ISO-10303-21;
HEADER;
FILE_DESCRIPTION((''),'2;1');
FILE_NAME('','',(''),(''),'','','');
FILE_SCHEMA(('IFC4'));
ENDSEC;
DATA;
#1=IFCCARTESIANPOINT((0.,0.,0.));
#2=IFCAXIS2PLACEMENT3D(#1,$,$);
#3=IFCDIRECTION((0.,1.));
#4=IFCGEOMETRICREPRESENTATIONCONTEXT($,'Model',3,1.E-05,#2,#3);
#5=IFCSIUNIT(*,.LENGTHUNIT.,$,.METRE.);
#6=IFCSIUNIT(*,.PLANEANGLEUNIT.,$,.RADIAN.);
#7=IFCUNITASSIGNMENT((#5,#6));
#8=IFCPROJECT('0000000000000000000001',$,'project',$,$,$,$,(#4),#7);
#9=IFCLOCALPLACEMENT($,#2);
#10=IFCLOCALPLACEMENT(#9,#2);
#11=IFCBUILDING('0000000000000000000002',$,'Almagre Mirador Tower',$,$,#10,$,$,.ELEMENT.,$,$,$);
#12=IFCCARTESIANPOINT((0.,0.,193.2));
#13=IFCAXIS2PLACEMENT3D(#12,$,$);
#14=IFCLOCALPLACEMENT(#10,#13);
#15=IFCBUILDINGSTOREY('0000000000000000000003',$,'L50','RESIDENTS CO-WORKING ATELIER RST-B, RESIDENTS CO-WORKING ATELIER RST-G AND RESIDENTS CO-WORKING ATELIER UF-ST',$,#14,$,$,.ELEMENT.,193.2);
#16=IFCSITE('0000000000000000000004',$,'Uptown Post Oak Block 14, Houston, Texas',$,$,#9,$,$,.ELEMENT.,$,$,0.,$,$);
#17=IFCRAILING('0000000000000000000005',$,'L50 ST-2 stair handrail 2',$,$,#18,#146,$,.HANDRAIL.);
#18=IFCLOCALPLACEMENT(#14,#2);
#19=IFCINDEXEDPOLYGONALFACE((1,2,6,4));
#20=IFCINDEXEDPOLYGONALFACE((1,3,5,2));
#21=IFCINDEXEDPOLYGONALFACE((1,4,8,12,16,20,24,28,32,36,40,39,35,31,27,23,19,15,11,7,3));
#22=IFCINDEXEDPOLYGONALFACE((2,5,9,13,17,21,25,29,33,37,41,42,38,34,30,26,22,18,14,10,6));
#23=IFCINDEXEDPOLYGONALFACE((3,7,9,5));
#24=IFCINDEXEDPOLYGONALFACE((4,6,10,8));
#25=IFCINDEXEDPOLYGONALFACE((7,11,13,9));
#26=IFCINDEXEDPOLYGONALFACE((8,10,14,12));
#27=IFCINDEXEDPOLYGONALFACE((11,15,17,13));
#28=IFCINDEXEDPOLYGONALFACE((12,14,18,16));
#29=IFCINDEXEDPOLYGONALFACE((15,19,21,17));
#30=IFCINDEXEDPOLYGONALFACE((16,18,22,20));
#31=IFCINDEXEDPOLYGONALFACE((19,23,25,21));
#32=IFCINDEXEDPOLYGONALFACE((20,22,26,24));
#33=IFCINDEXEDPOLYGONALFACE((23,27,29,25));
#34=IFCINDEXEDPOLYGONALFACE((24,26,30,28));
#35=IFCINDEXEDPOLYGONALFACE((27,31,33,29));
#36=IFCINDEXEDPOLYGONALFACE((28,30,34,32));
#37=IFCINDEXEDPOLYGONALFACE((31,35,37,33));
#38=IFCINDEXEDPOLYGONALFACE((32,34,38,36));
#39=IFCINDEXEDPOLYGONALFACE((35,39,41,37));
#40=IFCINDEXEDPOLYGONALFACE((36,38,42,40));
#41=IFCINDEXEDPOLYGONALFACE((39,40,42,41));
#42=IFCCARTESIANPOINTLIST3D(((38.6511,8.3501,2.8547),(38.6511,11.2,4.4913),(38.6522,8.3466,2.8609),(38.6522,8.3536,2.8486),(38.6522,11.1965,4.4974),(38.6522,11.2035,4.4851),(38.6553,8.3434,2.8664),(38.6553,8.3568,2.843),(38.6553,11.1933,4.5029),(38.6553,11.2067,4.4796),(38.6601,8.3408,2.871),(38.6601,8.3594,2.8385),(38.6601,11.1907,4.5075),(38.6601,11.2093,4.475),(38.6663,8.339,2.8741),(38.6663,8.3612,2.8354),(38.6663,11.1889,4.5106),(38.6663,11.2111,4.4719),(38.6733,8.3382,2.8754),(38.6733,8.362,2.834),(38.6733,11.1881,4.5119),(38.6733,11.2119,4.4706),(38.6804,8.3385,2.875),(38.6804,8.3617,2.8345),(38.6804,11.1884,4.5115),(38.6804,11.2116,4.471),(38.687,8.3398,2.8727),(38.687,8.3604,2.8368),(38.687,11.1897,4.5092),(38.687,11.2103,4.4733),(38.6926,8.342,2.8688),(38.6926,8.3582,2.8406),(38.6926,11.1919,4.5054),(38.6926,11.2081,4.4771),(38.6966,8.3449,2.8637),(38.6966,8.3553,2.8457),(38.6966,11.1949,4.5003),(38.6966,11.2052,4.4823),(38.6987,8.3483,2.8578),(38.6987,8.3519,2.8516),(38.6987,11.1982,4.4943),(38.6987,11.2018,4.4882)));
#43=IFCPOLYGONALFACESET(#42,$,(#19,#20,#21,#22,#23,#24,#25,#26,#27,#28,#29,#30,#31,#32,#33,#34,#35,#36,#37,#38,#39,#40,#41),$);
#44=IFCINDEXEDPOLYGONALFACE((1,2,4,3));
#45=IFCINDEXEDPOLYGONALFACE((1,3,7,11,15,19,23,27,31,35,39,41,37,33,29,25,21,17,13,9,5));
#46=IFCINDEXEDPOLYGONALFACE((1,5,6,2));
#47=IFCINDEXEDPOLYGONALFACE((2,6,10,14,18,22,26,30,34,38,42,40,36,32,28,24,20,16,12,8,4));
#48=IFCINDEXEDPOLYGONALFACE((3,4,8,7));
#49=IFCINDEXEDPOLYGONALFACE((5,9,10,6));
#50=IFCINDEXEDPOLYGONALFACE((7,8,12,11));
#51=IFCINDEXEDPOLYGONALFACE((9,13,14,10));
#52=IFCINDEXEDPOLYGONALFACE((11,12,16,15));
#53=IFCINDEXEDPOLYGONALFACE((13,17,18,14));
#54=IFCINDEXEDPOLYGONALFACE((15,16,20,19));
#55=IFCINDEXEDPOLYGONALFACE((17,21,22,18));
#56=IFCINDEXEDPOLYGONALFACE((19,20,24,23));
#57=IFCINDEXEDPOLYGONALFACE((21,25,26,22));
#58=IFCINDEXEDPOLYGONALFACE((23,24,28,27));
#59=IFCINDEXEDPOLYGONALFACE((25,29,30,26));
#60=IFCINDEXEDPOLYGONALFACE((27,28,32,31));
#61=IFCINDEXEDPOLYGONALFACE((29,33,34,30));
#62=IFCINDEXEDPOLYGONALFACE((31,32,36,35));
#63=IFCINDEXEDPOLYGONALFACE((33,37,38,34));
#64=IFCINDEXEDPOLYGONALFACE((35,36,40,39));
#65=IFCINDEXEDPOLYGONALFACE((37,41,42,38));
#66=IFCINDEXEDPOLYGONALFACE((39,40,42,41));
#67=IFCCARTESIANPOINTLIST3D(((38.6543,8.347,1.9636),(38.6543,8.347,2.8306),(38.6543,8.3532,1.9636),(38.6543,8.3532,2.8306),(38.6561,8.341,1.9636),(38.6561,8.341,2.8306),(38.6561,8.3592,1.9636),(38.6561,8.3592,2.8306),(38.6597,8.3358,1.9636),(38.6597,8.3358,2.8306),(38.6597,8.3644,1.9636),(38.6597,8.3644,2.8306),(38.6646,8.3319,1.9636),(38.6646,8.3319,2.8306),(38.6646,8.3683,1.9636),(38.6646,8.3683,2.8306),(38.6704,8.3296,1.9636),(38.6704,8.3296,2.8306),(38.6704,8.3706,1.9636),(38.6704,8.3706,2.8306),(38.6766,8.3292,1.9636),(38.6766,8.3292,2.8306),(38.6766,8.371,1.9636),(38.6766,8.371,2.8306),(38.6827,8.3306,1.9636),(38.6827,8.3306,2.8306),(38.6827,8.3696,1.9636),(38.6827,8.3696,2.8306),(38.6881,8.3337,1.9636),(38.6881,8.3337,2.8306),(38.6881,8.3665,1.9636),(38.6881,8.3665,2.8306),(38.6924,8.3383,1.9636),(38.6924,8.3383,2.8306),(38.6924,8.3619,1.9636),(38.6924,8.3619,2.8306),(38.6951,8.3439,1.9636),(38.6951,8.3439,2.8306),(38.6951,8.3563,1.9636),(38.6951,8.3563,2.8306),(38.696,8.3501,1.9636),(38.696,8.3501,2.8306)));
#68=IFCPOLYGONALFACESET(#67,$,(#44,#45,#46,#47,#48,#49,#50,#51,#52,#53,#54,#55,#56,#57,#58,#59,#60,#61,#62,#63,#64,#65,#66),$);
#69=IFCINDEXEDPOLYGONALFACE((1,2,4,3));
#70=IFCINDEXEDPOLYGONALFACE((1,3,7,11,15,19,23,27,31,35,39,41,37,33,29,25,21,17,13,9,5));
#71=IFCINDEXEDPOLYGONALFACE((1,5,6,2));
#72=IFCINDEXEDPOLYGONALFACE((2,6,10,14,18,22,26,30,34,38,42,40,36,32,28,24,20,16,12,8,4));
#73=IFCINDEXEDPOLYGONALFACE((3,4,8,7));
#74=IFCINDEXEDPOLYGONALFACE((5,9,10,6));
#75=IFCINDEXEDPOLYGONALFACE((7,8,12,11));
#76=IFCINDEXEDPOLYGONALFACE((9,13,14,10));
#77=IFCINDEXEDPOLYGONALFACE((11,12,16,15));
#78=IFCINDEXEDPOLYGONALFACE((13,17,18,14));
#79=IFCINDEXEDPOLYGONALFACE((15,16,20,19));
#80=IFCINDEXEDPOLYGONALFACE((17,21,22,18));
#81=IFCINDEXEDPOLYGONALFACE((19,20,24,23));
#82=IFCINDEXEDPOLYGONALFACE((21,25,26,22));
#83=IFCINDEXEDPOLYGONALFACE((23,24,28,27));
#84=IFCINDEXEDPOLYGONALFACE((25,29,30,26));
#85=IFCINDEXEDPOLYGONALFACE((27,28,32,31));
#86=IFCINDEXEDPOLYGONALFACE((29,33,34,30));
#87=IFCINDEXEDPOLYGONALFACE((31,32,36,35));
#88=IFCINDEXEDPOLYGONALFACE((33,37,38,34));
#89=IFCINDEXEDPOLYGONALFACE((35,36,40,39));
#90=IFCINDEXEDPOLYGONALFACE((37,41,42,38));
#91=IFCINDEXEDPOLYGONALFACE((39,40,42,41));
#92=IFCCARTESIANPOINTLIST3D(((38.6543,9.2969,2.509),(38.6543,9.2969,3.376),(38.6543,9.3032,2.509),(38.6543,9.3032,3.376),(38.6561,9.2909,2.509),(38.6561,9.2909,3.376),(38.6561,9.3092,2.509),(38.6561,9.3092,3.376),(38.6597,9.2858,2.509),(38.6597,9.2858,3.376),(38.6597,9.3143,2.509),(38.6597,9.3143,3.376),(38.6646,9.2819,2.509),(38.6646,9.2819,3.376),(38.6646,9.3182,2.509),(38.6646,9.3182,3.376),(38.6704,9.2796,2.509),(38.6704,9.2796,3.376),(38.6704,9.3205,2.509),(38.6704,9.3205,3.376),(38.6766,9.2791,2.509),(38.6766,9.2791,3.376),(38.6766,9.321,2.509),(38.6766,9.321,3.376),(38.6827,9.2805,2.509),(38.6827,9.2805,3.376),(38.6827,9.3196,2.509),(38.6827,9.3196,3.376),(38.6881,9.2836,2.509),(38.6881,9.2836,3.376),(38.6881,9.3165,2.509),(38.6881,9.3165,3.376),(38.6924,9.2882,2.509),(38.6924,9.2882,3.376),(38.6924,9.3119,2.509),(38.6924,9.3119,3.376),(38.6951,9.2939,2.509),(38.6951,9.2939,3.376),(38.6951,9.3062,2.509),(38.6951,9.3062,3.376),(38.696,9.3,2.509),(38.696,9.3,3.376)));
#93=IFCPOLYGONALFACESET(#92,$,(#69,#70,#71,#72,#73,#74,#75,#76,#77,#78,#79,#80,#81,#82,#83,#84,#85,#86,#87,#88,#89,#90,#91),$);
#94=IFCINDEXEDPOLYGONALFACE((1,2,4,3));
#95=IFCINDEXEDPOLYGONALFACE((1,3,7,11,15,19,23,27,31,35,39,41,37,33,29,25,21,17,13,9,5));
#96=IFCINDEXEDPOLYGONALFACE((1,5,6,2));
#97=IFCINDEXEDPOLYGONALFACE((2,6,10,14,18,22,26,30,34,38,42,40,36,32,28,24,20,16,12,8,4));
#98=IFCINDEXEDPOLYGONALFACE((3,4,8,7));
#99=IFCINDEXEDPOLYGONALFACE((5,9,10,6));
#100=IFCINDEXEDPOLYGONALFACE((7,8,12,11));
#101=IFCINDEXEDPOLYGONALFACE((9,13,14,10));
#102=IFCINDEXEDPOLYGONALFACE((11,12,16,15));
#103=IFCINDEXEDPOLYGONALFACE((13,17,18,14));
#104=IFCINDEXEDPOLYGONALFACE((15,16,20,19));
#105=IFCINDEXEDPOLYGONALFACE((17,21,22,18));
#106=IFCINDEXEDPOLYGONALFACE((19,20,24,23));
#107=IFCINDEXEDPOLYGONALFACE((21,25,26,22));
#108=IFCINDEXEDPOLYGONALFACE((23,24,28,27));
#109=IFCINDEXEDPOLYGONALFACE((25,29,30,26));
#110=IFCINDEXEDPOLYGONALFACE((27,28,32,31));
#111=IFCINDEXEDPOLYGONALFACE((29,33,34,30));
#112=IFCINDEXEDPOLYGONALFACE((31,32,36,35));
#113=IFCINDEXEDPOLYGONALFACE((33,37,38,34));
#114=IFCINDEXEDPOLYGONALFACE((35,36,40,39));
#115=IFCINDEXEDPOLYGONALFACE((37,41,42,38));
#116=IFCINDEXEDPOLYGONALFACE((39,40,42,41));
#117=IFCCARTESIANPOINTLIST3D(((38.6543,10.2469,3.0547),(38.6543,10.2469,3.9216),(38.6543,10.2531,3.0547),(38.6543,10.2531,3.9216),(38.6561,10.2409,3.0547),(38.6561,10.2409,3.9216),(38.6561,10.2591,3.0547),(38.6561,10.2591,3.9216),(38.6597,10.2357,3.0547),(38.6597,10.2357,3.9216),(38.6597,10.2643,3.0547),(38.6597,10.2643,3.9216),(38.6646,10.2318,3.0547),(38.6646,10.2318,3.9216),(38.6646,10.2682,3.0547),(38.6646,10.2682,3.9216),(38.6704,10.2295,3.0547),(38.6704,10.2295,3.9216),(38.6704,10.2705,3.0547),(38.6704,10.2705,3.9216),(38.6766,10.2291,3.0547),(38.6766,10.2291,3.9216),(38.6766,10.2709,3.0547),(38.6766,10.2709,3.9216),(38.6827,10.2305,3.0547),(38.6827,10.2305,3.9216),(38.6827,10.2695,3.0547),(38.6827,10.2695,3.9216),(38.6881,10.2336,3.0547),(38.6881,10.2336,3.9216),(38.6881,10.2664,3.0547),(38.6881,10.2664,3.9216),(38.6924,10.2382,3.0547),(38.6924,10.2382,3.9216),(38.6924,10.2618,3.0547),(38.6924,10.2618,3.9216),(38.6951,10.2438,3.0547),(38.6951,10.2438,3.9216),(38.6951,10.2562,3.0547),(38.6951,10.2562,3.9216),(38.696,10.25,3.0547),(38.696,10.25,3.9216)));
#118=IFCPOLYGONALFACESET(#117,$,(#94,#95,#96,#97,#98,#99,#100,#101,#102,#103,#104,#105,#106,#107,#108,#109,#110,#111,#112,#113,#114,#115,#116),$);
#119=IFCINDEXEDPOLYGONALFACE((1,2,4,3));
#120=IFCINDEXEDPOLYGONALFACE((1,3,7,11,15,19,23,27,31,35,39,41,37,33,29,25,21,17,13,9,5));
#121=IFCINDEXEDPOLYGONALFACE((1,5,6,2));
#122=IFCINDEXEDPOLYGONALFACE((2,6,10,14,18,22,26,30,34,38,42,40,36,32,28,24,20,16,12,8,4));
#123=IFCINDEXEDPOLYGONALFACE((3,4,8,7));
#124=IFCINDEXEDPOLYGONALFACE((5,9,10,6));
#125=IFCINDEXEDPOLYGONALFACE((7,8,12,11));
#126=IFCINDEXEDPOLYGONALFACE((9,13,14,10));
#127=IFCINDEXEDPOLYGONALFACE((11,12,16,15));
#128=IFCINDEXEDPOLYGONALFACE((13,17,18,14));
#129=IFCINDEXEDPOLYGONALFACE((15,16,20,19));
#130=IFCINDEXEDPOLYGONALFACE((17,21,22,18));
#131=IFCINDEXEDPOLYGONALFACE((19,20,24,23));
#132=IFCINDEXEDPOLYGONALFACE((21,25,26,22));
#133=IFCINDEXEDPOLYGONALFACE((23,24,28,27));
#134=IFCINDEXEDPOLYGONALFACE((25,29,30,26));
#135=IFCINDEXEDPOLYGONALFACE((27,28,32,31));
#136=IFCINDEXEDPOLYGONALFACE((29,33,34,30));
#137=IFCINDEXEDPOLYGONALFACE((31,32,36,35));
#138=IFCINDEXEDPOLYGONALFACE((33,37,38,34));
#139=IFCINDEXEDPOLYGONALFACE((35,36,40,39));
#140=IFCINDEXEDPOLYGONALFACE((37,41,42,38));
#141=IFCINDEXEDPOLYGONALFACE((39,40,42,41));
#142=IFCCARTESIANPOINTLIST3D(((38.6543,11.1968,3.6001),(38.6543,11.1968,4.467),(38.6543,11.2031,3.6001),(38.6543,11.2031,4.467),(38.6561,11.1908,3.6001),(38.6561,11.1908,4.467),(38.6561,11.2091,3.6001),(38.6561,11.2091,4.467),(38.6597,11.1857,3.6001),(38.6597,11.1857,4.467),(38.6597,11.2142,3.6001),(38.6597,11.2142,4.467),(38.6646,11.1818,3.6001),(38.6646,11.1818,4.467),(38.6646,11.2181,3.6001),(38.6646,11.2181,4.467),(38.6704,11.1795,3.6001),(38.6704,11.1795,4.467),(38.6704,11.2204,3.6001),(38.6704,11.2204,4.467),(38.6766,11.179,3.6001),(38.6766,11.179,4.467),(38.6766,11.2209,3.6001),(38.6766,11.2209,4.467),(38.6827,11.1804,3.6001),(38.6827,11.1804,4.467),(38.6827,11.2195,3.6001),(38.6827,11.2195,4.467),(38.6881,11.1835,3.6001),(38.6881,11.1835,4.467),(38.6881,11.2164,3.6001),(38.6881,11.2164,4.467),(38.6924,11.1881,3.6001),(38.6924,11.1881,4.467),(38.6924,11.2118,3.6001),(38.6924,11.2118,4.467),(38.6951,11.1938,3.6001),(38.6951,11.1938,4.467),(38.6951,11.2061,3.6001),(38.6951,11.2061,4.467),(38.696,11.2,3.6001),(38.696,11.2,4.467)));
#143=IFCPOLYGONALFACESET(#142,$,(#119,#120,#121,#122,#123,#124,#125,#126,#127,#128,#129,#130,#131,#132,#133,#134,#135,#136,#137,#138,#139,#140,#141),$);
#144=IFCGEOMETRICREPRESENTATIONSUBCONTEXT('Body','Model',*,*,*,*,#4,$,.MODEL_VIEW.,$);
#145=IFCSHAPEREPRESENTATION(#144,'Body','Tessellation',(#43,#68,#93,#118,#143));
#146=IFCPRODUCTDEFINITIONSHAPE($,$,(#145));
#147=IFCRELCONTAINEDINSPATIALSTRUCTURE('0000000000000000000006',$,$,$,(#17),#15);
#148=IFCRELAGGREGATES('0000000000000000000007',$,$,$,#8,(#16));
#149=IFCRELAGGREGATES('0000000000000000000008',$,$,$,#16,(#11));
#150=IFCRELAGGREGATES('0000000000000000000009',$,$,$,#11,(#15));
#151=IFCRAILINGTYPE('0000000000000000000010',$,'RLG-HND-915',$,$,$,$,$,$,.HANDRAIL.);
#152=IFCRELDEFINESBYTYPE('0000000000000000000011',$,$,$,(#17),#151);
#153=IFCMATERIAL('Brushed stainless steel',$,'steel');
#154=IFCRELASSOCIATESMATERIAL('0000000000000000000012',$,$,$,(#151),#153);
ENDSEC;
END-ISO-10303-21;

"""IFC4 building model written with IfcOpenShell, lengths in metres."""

from ifc_helpers import new_model, si_unit, direction, frame, origin, origin_2d, place, context, subcontext, project, spatial, circle, extrude, material, type_object, element, save


model = new_model("IFC4")

# Units and contexts
model_context = context("Model", 3, precision=1e-05, world=origin(), true_north=direction((0.0, 1.0)))
body_context = subcontext(model_context, "Body", "Model", "MODEL_VIEW")
ifc_project = project(units=[si_unit("LENGTHUNIT", "METRE"), si_unit("PLANEANGLEUNIT", "RADIAN")], contexts=[model_context])

# Site, building, storey
site_placement = place(None, origin())
site = spatial("IfcSite", under=ifc_project, at=site_placement, Name="Uptown Post Oak Block 14, Houston, Texas", CompositionType="ELEMENT", RefElevation=0.0)
building_placement = place(site_placement, origin())
building = spatial("IfcBuilding", under=site, at=building_placement, Name="Almagre Mirador Tower", CompositionType="ELEMENT")
storey_placement = place(building_placement, frame((0.0, 0.0, 193.2)))
storey = spatial("IfcBuildingStorey", under=building, at=storey_placement, Name="L50", Description="RESIDENTS CO-WORKING ATELIER RST-B, RESIDENTS CO-WORKING ATELIER RST-G AND RESIDENTS CO-WORKING ATELIER UF-ST", CompositionType="ELEMENT", Elevation=193.2)

# Railing
ifc_material_1 = material(Name="Brushed stainless steel", Category="steel")
railing_type_1 = type_object("IfcRailingType", Name="RLG-HND-915", PredefinedType="HANDRAIL", material=ifc_material_1)
railing_1_placement = place(storey_placement, frame((38.675, 8.3501, 1.9636)))
element("IfcRailing", 1, at=railing_1_placement, inside=storey, type_object=railing_type_1, Name="L50 ST-2 stair handrail 2", PredefinedType="HANDRAIL", context=body_context, shape_type="SweptSolid", body=[
    extrude(circle(Radius=0.0239, at=origin_2d()), frame((0.0, 0.0, 0.8911), z_axis=(0.0, 0.867194, 0.49797), x_axis=(-1.0, 0.0, 0.0)), (0.0, 0.0, 1.0), 3.2864),
    extrude(circle(Radius=0.021, at=origin_2d()), origin(), (0.0, 0.0, 1.0), 0.8669),
    extrude(circle(Radius=0.021, at=origin_2d()), frame((0.0, 0.95, 0.5454)), (0.0, 0.0, 1.0), 0.8669),
    extrude(circle(Radius=0.021, at=origin_2d()), frame((0.0, 1.8999, 1.0911)), (0.0, 0.0, 1.0), 0.8669),
    extrude(circle(Radius=0.021, at=origin_2d()), frame((0.0, 2.8499, 1.6365)), (0.0, 0.0, 1.0), 0.8669),
])

save(model, "model.ifc")
